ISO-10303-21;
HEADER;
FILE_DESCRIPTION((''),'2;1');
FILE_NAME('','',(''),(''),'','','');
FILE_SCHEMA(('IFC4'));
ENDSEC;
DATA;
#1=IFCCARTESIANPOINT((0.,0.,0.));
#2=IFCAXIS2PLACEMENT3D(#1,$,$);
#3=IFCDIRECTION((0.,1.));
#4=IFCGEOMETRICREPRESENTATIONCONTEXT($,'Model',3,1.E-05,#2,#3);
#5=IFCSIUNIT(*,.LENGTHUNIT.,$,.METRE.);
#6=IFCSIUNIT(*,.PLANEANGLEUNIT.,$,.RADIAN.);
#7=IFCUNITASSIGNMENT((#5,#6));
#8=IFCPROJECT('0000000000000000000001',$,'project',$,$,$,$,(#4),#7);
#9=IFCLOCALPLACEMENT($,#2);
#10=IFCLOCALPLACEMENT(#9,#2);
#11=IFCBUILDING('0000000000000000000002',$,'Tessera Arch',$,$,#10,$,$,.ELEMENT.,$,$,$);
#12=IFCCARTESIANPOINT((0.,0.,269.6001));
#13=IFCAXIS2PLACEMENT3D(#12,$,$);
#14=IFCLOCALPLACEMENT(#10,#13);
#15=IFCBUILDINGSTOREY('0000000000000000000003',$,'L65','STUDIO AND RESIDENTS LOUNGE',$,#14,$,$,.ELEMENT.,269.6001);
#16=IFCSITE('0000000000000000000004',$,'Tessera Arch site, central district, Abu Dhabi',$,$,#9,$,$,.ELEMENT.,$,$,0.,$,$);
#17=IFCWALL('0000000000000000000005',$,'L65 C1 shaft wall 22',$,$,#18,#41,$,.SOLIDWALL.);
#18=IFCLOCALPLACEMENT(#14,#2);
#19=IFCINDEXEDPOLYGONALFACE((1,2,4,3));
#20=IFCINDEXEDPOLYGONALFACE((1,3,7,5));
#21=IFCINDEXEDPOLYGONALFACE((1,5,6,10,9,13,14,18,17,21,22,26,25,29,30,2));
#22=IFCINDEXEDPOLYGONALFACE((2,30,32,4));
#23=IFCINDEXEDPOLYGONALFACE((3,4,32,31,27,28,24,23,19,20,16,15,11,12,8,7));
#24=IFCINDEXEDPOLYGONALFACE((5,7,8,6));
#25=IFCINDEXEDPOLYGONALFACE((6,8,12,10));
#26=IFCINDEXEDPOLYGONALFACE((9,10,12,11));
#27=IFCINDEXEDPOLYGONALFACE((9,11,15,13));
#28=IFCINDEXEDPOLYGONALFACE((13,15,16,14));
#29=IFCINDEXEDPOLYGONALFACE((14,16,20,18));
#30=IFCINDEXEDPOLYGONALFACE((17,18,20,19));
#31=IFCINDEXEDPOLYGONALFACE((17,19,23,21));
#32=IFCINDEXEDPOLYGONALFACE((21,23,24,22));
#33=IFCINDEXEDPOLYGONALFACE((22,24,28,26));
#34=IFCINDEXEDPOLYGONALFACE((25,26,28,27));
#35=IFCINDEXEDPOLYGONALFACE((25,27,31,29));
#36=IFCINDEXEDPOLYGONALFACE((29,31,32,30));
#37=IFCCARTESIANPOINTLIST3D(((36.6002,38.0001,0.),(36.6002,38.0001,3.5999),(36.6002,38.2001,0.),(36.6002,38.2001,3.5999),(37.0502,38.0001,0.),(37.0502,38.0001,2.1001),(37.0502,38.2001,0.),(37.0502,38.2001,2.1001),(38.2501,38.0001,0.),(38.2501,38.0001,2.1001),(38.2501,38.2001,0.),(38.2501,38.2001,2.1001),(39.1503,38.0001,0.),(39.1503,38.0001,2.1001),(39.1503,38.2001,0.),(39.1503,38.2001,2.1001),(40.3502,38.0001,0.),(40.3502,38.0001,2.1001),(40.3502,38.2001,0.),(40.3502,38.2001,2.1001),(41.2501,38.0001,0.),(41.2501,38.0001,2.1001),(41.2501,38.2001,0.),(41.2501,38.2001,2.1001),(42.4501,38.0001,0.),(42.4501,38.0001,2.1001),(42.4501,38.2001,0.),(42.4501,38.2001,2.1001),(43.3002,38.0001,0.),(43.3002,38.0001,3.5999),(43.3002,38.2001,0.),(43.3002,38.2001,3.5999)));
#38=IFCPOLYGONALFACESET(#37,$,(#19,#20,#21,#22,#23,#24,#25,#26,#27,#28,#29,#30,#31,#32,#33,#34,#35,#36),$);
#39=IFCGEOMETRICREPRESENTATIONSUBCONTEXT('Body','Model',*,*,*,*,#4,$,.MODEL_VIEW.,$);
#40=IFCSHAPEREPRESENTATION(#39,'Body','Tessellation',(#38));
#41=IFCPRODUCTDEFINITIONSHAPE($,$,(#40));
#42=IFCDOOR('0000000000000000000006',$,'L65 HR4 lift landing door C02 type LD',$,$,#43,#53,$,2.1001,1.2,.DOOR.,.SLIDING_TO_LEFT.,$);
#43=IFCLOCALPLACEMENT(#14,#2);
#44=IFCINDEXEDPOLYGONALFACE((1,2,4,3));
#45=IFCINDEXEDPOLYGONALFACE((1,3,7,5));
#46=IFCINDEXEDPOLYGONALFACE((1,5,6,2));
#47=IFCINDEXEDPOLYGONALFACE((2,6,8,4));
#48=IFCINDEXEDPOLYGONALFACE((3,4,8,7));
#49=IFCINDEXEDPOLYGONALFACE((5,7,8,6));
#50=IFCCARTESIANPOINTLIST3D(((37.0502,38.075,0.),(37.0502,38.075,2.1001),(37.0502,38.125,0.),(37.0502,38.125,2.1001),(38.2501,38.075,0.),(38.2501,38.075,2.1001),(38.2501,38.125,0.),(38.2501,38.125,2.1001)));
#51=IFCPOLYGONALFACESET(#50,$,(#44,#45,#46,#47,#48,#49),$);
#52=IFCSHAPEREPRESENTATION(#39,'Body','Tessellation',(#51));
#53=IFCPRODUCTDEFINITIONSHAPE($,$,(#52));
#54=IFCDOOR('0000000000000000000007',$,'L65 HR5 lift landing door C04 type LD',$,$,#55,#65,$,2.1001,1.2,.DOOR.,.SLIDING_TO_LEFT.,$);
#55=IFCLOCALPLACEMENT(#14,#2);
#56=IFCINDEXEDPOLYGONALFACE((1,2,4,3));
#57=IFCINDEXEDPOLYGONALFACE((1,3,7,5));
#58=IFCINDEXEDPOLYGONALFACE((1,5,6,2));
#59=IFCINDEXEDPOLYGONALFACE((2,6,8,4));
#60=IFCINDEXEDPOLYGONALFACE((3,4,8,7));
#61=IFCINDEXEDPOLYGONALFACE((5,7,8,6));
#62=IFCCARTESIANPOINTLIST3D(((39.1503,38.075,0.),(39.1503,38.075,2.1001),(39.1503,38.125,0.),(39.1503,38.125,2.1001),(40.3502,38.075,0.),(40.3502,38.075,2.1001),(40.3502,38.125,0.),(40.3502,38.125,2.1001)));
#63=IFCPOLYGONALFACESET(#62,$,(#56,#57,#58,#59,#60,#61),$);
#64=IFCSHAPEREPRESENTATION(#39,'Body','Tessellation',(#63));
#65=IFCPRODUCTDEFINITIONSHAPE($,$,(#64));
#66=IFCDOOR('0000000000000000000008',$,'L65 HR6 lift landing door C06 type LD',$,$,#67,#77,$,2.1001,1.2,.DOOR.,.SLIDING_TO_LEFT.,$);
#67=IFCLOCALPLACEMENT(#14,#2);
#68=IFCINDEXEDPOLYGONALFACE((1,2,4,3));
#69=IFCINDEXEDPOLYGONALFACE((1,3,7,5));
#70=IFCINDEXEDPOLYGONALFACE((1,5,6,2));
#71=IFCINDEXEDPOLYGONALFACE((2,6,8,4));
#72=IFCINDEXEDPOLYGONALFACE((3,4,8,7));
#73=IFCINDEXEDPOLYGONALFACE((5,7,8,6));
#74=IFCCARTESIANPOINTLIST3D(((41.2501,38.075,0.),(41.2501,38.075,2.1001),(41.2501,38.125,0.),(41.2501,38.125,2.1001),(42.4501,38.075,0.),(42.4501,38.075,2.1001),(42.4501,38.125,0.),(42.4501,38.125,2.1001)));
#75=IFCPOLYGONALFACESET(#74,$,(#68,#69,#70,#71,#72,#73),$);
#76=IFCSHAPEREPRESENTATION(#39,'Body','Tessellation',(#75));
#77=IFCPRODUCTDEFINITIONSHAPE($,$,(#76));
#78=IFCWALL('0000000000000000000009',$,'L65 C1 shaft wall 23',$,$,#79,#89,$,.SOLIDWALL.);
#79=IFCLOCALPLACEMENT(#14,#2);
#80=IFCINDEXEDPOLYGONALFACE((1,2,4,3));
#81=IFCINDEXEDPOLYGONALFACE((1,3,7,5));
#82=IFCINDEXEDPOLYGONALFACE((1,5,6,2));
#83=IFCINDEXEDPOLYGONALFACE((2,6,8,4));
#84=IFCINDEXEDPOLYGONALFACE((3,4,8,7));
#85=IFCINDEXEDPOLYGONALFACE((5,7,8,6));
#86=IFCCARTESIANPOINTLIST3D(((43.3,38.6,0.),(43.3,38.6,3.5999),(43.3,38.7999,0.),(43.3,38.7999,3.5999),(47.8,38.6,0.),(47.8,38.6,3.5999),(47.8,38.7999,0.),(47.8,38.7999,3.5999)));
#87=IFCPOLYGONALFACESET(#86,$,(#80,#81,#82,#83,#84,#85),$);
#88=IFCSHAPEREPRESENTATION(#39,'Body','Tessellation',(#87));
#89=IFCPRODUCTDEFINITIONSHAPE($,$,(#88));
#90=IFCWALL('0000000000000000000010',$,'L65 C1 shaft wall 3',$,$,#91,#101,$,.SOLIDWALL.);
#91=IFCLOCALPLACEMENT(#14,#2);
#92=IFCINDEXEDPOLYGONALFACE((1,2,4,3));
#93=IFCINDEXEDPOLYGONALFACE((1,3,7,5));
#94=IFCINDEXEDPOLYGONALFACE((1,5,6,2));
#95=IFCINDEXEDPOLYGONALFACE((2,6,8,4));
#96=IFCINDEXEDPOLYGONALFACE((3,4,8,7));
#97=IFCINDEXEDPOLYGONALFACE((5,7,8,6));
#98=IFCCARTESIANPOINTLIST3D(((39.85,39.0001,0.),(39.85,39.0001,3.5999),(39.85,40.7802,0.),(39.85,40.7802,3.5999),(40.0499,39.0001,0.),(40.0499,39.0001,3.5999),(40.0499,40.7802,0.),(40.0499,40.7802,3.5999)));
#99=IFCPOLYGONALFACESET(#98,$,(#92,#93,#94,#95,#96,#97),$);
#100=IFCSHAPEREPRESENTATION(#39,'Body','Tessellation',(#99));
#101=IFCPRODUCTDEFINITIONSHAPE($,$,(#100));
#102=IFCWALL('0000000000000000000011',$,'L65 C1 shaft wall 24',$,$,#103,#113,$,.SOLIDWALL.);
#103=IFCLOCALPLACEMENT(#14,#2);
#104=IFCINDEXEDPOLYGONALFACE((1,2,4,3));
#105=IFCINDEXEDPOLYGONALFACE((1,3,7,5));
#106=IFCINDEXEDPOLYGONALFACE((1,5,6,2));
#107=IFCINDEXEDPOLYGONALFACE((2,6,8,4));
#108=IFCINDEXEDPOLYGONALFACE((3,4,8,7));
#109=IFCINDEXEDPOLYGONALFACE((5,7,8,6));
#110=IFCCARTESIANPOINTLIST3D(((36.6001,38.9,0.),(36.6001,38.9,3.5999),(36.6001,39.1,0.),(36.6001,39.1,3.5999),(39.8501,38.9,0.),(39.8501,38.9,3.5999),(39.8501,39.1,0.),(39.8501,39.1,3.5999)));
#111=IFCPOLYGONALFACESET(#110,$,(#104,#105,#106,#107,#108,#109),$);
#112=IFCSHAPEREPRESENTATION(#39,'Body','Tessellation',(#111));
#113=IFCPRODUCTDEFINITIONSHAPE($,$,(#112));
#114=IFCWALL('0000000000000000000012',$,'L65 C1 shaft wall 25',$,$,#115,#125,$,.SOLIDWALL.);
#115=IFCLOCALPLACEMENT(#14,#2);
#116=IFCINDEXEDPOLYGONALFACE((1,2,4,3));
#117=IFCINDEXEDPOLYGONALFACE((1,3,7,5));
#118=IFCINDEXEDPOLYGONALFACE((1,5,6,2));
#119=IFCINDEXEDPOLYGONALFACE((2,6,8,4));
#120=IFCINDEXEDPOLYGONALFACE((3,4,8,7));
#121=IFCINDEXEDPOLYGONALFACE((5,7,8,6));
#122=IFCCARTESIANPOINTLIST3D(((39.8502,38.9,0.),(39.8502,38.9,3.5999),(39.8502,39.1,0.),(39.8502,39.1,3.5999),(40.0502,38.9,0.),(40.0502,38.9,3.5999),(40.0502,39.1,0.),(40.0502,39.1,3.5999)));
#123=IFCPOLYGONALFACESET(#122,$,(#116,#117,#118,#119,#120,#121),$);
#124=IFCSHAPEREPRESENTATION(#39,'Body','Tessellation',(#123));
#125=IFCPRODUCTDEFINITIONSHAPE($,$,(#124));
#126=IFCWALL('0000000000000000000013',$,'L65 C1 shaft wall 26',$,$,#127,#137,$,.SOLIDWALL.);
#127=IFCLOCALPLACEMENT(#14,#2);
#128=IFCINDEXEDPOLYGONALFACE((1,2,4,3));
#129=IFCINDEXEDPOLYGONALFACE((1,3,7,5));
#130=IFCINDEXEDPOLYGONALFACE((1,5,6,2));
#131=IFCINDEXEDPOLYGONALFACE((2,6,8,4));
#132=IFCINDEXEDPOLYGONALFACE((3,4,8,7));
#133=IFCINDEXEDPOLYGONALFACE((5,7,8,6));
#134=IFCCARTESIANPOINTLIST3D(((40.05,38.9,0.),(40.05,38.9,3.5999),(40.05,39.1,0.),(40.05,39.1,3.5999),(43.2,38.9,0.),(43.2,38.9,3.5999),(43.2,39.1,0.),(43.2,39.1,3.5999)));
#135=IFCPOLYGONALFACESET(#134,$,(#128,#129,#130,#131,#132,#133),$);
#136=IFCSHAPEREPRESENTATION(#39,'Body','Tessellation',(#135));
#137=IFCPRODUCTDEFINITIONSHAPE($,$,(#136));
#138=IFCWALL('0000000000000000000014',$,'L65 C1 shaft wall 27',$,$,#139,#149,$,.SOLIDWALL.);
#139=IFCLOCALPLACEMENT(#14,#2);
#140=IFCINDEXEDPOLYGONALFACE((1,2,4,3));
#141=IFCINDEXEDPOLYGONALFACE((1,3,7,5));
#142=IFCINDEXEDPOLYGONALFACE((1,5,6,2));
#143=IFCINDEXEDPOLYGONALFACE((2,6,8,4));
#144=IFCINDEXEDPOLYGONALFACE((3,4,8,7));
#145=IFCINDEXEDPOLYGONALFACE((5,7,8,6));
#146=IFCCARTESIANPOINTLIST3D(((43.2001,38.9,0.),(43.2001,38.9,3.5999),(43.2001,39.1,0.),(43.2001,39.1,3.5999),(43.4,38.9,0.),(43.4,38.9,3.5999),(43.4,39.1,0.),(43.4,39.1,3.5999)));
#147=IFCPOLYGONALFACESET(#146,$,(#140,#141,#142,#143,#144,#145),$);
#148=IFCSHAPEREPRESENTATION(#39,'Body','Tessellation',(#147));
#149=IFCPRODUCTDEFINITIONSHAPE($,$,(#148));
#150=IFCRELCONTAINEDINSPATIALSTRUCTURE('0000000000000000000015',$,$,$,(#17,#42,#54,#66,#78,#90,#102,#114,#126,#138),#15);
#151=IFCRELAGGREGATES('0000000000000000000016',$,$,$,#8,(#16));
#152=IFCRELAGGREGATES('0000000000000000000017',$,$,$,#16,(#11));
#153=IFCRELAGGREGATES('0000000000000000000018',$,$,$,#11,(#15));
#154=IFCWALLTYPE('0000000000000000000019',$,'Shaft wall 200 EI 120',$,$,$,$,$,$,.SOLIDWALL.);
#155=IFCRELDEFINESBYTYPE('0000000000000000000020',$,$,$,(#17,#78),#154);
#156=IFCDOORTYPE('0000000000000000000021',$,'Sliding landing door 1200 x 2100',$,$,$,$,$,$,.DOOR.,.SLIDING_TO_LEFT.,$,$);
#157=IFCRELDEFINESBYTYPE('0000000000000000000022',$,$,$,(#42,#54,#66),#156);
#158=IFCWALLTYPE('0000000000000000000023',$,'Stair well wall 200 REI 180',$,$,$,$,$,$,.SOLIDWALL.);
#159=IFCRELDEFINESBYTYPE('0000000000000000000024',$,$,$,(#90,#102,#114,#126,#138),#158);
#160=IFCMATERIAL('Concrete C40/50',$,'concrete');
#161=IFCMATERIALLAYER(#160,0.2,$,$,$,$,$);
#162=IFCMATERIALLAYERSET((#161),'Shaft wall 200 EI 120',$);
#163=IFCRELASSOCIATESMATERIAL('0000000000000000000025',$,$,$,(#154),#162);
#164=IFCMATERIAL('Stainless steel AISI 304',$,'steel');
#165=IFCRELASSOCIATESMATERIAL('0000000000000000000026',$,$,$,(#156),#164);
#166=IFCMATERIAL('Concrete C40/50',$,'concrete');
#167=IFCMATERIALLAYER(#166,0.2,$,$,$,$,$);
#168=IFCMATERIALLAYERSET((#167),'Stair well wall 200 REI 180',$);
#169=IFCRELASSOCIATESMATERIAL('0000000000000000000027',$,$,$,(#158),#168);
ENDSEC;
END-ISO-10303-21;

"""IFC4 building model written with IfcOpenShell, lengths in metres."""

from ifc_helpers import new_model, si_unit, direction, frame, frame_2d, origin, place, context, subcontext, project, spatial, rectangle, extrude, material, layer, layer_set, type_object, element, fill, save


model = new_model("IFC4")

# Units and contexts
model_context = context("Model", 3, precision=1e-05, world=origin(), true_north=direction((0.0, 1.0)))
body_context = subcontext(model_context, "Body", "Model", "MODEL_VIEW")
ifc_project = project(units=[si_unit("LENGTHUNIT", "METRE"), si_unit("PLANEANGLEUNIT", "RADIAN")], contexts=[model_context])

# Site, building, storey
site_placement = place(None, origin())
site = spatial("IfcSite", under=ifc_project, at=site_placement, Name="Tessera Arch site, central district, Abu Dhabi", CompositionType="ELEMENT", RefElevation=0.0)
building_placement = place(site_placement, origin())
building = spatial("IfcBuilding", under=site, at=building_placement, Name="Tessera Arch", CompositionType="ELEMENT")
storey_placement = place(building_placement, frame((0.0, 0.0, 269.6001)))
storey = spatial("IfcBuildingStorey", under=building, at=storey_placement, Name="L65", Description="STUDIO AND RESIDENTS LOUNGE", CompositionType="ELEMENT", Elevation=269.6001)

# Shared definitions
ifc_material_1 = material(Name="Concrete C40/50", Category="concrete")
ifc_layer_1 = layer(ifc_material_1, 0.2)
ifc_layer_set_1 = layer_set([ifc_layer_1], Name="Shaft wall 200 EI 120")
wall_type_1 = type_object("IfcWallType", Name="Shaft wall 200 EI 120", PredefinedType="SOLIDWALL", material=ifc_layer_set_1)

# Shared definitions
ifc_material_2 = material(Name="Stainless steel AISI 304", Category="steel")
door_type_1 = type_object("IfcDoorType", Name="Sliding landing door 1200 x 2100", OperationType="SLIDING_TO_LEFT", PredefinedType="DOOR", material=ifc_material_2)

# Wall, openings, doors
wall_1_placement = place(storey_placement, frame((36.6001, 38.1001, 0.0), z_axis=(0.0, 0.0, 1.0), x_axis=(1.0, 0.0, 0.0)))
wall_1 = element("IfcWall", 1, at=wall_1_placement, inside=storey, type_object=wall_type_1, Name="L65 C1 shaft wall 22", PredefinedType="SOLIDWALL", context=body_context, shape_type="SweptSolid", body=[
    extrude(rectangle(XDim=6.7, YDim=0.2, at=frame_2d((3.3501, 0.0))), origin(), (0.0, 0.0, 1.0), 3.5999),
])
opening_1_placement = place(wall_1_placement, frame((0.45, 0.0, 0.0)))
opening_1 = element("IfcOpeningElement", 2, at=opening_1_placement, cuts=wall_1, PredefinedType="OPENING", context=body_context, shape_type="SweptSolid", body=[
    extrude(rectangle(XDim=1.2, YDim=2.1001, at=frame_2d((0.6001, 1.05))), frame((0.0, 0.1099, 0.0), z_axis=(0.0, -1.0, 0.0), x_axis=(1.0, 0.0, 0.0)), (0.0, 0.0, 1.0), 0.22),
])
opening_2_placement = place(wall_1_placement, frame((2.55, 0.0, 0.0)))
opening_2 = element("IfcOpeningElement", 3, at=opening_2_placement, cuts=wall_1, PredefinedType="OPENING", context=body_context, shape_type="SweptSolid", body=[
    extrude(rectangle(XDim=1.2, YDim=2.1001, at=frame_2d((0.6001, 1.05))), frame((0.0, 0.1099, 0.0), z_axis=(0.0, -1.0, 0.0), x_axis=(1.0, 0.0, 0.0)), (0.0, 0.0, 1.0), 0.22),
])
opening_3_placement = place(wall_1_placement, frame((4.6499, 0.0, 0.0)))
opening_3 = element("IfcOpeningElement", 4, at=opening_3_placement, cuts=wall_1, PredefinedType="OPENING", context=body_context, shape_type="SweptSolid", body=[
    extrude(rectangle(XDim=1.2, YDim=2.1001, at=frame_2d((0.6001, 1.05))), frame((0.0, 0.1099, 0.0), z_axis=(0.0, -1.0, 0.0), x_axis=(1.0, 0.0, 0.0)), (0.0, 0.0, 1.0), 0.22),
])
door_1_placement = place(opening_1_placement, origin())
door_1 = element("IfcDoor", 5, at=door_1_placement, inside=storey, type_object=door_type_1, Name="L65 HR4 lift landing door C02 type LD", OperationType="SLIDING_TO_LEFT", OverallHeight=2.1001, OverallWidth=1.2, PredefinedType="DOOR", context=body_context, shape_type="SweptSolid", body=[
    extrude(rectangle(XDim=1.2, YDim=2.1001, at=frame_2d((0.6001, 1.05))), frame((0.0, 0.0249, 0.0), z_axis=(0.0, -1.0, 0.0), x_axis=(1.0, 0.0, 0.0)), (0.0, 0.0, 1.0), 0.05),
])
fill(opening_1, door_1)
door_2_placement = place(opening_2_placement, origin())
door_2 = element("IfcDoor", 6, at=door_2_placement, inside=storey, type_object=door_type_1, Name="L65 HR5 lift landing door C04 type LD", OperationType="SLIDING_TO_LEFT", OverallHeight=2.1001, OverallWidth=1.2, PredefinedType="DOOR", context=body_context, shape_type="SweptSolid", body=[
    extrude(rectangle(XDim=1.2, YDim=2.1001, at=frame_2d((0.6001, 1.05))), frame((0.0, 0.0249, 0.0), z_axis=(0.0, -1.0, 0.0), x_axis=(1.0, 0.0, 0.0)), (0.0, 0.0, 1.0), 0.05),
])
fill(opening_2, door_2)
door_3_placement = place(opening_3_placement, origin())
door_3 = element("IfcDoor", 7, at=door_3_placement, inside=storey, type_object=door_type_1, Name="L65 HR6 lift landing door C06 type LD", OperationType="SLIDING_TO_LEFT", OverallHeight=2.1001, OverallWidth=1.2, PredefinedType="DOOR", context=body_context, shape_type="SweptSolid", body=[
    extrude(rectangle(XDim=1.2, YDim=2.1001, at=frame_2d((0.6001, 1.05))), frame((0.0, 0.0249, 0.0), z_axis=(0.0, -1.0, 0.0), x_axis=(1.0, 0.0, 0.0)), (0.0, 0.0, 1.0), 0.05),
])
fill(opening_3, door_3)

# Walls
wall_2_placement = place(storey_placement, frame((43.3, 38.7, 0.0), z_axis=(0.0, 0.0, 1.0), x_axis=(1.0, 0.0, 0.0)))
element("IfcWall", 8, at=wall_2_placement, inside=storey, type_object=wall_type_1, Name="L65 C1 shaft wall 23", PredefinedType="SOLIDWALL", context=body_context, shape_type="SweptSolid", body=[
    extrude(rectangle(XDim=4.5, YDim=0.2, at=frame_2d((2.25, 0.0))), origin(), (0.0, 0.0, 1.0), 3.5999),
])
ifc_material_3 = material(Name="Concrete C40/50", Category="concrete")
ifc_layer_2 = layer(ifc_material_3, 0.2)
ifc_layer_set_2 = layer_set([ifc_layer_2], Name="Stair well wall 200 REI 180")
wall_type_2 = type_object("IfcWallType", Name="Stair well wall 200 REI 180", PredefinedType="SOLIDWALL", material=ifc_layer_set_2)
wall_3_placement = place(storey_placement, frame((39.95, 39.0, 0.0), z_axis=(0.0, 0.0, 1.0), x_axis=(0.0, 1.0, 0.0)))
element("IfcWall", 9, at=wall_3_placement, inside=storey, type_object=wall_type_2, Name="L65 C1 shaft wall 3", PredefinedType="SOLIDWALL", context=body_context, shape_type="SweptSolid", body=[
    extrude(rectangle(XDim=1.78, YDim=0.2, at=frame_2d((0.8901, 0.0))), origin(), (0.0, 0.0, 1.0), 3.5999),
])
wall_4_placement = place(storey_placement, frame((36.6001, 39.0, 0.0), z_axis=(0.0, 0.0, 1.0), x_axis=(1.0, 0.0, 0.0)))
element("IfcWall", 10, at=wall_4_placement, inside=storey, type_object=wall_type_2, Name="L65 C1 shaft wall 24", PredefinedType="SOLIDWALL", context=body_context, shape_type="SweptSolid", body=[
    extrude(rectangle(XDim=3.25, YDim=0.2, at=frame_2d((1.625, 0.0))), origin(), (0.0, 0.0, 1.0), 3.5999),
])
wall_5_placement = place(storey_placement, frame((39.8501, 39.0, 0.0), z_axis=(0.0, 0.0, 1.0), x_axis=(1.0, 0.0, 0.0)))
element("IfcWall", 11, at=wall_5_placement, inside=storey, type_object=wall_type_2, Name="L65 C1 shaft wall 25", PredefinedType="SOLIDWALL", context=body_context, shape_type="SweptSolid", body=[
    extrude(rectangle(XDim=0.2, YDim=0.2, at=frame_2d((0.1001, 0.0))), origin(), (0.0, 0.0, 1.0), 3.5999),
])
wall_6_placement = place(storey_placement, frame((40.05, 39.0, 0.0), z_axis=(0.0, 0.0, 1.0), x_axis=(1.0, 0.0, 0.0)))
element("IfcWall", 12, at=wall_6_placement, inside=storey, type_object=wall_type_2, Name="L65 C1 shaft wall 26", PredefinedType="SOLIDWALL", context=body_context, shape_type="SweptSolid", body=[
    extrude(rectangle(XDim=3.1499, YDim=0.2, at=frame_2d((1.575, 0.0))), origin(), (0.0, 0.0, 1.0), 3.5999),
])
wall_7_placement = place(storey_placement, frame((43.2, 39.0, 0.0), z_axis=(0.0, 0.0, 1.0), x_axis=(1.0, 0.0, 0.0)))
element("IfcWall", 13, at=wall_7_placement, inside=storey, type_object=wall_type_2, Name="L65 C1 shaft wall 27", PredefinedType="SOLIDWALL", context=body_context, shape_type="SweptSolid", body=[
    extrude(rectangle(XDim=0.2, YDim=0.2, at=frame_2d((0.1001, 0.0))), origin(), (0.0, 0.0, 1.0), 3.5999),
])

save(model, "model.ifc")
